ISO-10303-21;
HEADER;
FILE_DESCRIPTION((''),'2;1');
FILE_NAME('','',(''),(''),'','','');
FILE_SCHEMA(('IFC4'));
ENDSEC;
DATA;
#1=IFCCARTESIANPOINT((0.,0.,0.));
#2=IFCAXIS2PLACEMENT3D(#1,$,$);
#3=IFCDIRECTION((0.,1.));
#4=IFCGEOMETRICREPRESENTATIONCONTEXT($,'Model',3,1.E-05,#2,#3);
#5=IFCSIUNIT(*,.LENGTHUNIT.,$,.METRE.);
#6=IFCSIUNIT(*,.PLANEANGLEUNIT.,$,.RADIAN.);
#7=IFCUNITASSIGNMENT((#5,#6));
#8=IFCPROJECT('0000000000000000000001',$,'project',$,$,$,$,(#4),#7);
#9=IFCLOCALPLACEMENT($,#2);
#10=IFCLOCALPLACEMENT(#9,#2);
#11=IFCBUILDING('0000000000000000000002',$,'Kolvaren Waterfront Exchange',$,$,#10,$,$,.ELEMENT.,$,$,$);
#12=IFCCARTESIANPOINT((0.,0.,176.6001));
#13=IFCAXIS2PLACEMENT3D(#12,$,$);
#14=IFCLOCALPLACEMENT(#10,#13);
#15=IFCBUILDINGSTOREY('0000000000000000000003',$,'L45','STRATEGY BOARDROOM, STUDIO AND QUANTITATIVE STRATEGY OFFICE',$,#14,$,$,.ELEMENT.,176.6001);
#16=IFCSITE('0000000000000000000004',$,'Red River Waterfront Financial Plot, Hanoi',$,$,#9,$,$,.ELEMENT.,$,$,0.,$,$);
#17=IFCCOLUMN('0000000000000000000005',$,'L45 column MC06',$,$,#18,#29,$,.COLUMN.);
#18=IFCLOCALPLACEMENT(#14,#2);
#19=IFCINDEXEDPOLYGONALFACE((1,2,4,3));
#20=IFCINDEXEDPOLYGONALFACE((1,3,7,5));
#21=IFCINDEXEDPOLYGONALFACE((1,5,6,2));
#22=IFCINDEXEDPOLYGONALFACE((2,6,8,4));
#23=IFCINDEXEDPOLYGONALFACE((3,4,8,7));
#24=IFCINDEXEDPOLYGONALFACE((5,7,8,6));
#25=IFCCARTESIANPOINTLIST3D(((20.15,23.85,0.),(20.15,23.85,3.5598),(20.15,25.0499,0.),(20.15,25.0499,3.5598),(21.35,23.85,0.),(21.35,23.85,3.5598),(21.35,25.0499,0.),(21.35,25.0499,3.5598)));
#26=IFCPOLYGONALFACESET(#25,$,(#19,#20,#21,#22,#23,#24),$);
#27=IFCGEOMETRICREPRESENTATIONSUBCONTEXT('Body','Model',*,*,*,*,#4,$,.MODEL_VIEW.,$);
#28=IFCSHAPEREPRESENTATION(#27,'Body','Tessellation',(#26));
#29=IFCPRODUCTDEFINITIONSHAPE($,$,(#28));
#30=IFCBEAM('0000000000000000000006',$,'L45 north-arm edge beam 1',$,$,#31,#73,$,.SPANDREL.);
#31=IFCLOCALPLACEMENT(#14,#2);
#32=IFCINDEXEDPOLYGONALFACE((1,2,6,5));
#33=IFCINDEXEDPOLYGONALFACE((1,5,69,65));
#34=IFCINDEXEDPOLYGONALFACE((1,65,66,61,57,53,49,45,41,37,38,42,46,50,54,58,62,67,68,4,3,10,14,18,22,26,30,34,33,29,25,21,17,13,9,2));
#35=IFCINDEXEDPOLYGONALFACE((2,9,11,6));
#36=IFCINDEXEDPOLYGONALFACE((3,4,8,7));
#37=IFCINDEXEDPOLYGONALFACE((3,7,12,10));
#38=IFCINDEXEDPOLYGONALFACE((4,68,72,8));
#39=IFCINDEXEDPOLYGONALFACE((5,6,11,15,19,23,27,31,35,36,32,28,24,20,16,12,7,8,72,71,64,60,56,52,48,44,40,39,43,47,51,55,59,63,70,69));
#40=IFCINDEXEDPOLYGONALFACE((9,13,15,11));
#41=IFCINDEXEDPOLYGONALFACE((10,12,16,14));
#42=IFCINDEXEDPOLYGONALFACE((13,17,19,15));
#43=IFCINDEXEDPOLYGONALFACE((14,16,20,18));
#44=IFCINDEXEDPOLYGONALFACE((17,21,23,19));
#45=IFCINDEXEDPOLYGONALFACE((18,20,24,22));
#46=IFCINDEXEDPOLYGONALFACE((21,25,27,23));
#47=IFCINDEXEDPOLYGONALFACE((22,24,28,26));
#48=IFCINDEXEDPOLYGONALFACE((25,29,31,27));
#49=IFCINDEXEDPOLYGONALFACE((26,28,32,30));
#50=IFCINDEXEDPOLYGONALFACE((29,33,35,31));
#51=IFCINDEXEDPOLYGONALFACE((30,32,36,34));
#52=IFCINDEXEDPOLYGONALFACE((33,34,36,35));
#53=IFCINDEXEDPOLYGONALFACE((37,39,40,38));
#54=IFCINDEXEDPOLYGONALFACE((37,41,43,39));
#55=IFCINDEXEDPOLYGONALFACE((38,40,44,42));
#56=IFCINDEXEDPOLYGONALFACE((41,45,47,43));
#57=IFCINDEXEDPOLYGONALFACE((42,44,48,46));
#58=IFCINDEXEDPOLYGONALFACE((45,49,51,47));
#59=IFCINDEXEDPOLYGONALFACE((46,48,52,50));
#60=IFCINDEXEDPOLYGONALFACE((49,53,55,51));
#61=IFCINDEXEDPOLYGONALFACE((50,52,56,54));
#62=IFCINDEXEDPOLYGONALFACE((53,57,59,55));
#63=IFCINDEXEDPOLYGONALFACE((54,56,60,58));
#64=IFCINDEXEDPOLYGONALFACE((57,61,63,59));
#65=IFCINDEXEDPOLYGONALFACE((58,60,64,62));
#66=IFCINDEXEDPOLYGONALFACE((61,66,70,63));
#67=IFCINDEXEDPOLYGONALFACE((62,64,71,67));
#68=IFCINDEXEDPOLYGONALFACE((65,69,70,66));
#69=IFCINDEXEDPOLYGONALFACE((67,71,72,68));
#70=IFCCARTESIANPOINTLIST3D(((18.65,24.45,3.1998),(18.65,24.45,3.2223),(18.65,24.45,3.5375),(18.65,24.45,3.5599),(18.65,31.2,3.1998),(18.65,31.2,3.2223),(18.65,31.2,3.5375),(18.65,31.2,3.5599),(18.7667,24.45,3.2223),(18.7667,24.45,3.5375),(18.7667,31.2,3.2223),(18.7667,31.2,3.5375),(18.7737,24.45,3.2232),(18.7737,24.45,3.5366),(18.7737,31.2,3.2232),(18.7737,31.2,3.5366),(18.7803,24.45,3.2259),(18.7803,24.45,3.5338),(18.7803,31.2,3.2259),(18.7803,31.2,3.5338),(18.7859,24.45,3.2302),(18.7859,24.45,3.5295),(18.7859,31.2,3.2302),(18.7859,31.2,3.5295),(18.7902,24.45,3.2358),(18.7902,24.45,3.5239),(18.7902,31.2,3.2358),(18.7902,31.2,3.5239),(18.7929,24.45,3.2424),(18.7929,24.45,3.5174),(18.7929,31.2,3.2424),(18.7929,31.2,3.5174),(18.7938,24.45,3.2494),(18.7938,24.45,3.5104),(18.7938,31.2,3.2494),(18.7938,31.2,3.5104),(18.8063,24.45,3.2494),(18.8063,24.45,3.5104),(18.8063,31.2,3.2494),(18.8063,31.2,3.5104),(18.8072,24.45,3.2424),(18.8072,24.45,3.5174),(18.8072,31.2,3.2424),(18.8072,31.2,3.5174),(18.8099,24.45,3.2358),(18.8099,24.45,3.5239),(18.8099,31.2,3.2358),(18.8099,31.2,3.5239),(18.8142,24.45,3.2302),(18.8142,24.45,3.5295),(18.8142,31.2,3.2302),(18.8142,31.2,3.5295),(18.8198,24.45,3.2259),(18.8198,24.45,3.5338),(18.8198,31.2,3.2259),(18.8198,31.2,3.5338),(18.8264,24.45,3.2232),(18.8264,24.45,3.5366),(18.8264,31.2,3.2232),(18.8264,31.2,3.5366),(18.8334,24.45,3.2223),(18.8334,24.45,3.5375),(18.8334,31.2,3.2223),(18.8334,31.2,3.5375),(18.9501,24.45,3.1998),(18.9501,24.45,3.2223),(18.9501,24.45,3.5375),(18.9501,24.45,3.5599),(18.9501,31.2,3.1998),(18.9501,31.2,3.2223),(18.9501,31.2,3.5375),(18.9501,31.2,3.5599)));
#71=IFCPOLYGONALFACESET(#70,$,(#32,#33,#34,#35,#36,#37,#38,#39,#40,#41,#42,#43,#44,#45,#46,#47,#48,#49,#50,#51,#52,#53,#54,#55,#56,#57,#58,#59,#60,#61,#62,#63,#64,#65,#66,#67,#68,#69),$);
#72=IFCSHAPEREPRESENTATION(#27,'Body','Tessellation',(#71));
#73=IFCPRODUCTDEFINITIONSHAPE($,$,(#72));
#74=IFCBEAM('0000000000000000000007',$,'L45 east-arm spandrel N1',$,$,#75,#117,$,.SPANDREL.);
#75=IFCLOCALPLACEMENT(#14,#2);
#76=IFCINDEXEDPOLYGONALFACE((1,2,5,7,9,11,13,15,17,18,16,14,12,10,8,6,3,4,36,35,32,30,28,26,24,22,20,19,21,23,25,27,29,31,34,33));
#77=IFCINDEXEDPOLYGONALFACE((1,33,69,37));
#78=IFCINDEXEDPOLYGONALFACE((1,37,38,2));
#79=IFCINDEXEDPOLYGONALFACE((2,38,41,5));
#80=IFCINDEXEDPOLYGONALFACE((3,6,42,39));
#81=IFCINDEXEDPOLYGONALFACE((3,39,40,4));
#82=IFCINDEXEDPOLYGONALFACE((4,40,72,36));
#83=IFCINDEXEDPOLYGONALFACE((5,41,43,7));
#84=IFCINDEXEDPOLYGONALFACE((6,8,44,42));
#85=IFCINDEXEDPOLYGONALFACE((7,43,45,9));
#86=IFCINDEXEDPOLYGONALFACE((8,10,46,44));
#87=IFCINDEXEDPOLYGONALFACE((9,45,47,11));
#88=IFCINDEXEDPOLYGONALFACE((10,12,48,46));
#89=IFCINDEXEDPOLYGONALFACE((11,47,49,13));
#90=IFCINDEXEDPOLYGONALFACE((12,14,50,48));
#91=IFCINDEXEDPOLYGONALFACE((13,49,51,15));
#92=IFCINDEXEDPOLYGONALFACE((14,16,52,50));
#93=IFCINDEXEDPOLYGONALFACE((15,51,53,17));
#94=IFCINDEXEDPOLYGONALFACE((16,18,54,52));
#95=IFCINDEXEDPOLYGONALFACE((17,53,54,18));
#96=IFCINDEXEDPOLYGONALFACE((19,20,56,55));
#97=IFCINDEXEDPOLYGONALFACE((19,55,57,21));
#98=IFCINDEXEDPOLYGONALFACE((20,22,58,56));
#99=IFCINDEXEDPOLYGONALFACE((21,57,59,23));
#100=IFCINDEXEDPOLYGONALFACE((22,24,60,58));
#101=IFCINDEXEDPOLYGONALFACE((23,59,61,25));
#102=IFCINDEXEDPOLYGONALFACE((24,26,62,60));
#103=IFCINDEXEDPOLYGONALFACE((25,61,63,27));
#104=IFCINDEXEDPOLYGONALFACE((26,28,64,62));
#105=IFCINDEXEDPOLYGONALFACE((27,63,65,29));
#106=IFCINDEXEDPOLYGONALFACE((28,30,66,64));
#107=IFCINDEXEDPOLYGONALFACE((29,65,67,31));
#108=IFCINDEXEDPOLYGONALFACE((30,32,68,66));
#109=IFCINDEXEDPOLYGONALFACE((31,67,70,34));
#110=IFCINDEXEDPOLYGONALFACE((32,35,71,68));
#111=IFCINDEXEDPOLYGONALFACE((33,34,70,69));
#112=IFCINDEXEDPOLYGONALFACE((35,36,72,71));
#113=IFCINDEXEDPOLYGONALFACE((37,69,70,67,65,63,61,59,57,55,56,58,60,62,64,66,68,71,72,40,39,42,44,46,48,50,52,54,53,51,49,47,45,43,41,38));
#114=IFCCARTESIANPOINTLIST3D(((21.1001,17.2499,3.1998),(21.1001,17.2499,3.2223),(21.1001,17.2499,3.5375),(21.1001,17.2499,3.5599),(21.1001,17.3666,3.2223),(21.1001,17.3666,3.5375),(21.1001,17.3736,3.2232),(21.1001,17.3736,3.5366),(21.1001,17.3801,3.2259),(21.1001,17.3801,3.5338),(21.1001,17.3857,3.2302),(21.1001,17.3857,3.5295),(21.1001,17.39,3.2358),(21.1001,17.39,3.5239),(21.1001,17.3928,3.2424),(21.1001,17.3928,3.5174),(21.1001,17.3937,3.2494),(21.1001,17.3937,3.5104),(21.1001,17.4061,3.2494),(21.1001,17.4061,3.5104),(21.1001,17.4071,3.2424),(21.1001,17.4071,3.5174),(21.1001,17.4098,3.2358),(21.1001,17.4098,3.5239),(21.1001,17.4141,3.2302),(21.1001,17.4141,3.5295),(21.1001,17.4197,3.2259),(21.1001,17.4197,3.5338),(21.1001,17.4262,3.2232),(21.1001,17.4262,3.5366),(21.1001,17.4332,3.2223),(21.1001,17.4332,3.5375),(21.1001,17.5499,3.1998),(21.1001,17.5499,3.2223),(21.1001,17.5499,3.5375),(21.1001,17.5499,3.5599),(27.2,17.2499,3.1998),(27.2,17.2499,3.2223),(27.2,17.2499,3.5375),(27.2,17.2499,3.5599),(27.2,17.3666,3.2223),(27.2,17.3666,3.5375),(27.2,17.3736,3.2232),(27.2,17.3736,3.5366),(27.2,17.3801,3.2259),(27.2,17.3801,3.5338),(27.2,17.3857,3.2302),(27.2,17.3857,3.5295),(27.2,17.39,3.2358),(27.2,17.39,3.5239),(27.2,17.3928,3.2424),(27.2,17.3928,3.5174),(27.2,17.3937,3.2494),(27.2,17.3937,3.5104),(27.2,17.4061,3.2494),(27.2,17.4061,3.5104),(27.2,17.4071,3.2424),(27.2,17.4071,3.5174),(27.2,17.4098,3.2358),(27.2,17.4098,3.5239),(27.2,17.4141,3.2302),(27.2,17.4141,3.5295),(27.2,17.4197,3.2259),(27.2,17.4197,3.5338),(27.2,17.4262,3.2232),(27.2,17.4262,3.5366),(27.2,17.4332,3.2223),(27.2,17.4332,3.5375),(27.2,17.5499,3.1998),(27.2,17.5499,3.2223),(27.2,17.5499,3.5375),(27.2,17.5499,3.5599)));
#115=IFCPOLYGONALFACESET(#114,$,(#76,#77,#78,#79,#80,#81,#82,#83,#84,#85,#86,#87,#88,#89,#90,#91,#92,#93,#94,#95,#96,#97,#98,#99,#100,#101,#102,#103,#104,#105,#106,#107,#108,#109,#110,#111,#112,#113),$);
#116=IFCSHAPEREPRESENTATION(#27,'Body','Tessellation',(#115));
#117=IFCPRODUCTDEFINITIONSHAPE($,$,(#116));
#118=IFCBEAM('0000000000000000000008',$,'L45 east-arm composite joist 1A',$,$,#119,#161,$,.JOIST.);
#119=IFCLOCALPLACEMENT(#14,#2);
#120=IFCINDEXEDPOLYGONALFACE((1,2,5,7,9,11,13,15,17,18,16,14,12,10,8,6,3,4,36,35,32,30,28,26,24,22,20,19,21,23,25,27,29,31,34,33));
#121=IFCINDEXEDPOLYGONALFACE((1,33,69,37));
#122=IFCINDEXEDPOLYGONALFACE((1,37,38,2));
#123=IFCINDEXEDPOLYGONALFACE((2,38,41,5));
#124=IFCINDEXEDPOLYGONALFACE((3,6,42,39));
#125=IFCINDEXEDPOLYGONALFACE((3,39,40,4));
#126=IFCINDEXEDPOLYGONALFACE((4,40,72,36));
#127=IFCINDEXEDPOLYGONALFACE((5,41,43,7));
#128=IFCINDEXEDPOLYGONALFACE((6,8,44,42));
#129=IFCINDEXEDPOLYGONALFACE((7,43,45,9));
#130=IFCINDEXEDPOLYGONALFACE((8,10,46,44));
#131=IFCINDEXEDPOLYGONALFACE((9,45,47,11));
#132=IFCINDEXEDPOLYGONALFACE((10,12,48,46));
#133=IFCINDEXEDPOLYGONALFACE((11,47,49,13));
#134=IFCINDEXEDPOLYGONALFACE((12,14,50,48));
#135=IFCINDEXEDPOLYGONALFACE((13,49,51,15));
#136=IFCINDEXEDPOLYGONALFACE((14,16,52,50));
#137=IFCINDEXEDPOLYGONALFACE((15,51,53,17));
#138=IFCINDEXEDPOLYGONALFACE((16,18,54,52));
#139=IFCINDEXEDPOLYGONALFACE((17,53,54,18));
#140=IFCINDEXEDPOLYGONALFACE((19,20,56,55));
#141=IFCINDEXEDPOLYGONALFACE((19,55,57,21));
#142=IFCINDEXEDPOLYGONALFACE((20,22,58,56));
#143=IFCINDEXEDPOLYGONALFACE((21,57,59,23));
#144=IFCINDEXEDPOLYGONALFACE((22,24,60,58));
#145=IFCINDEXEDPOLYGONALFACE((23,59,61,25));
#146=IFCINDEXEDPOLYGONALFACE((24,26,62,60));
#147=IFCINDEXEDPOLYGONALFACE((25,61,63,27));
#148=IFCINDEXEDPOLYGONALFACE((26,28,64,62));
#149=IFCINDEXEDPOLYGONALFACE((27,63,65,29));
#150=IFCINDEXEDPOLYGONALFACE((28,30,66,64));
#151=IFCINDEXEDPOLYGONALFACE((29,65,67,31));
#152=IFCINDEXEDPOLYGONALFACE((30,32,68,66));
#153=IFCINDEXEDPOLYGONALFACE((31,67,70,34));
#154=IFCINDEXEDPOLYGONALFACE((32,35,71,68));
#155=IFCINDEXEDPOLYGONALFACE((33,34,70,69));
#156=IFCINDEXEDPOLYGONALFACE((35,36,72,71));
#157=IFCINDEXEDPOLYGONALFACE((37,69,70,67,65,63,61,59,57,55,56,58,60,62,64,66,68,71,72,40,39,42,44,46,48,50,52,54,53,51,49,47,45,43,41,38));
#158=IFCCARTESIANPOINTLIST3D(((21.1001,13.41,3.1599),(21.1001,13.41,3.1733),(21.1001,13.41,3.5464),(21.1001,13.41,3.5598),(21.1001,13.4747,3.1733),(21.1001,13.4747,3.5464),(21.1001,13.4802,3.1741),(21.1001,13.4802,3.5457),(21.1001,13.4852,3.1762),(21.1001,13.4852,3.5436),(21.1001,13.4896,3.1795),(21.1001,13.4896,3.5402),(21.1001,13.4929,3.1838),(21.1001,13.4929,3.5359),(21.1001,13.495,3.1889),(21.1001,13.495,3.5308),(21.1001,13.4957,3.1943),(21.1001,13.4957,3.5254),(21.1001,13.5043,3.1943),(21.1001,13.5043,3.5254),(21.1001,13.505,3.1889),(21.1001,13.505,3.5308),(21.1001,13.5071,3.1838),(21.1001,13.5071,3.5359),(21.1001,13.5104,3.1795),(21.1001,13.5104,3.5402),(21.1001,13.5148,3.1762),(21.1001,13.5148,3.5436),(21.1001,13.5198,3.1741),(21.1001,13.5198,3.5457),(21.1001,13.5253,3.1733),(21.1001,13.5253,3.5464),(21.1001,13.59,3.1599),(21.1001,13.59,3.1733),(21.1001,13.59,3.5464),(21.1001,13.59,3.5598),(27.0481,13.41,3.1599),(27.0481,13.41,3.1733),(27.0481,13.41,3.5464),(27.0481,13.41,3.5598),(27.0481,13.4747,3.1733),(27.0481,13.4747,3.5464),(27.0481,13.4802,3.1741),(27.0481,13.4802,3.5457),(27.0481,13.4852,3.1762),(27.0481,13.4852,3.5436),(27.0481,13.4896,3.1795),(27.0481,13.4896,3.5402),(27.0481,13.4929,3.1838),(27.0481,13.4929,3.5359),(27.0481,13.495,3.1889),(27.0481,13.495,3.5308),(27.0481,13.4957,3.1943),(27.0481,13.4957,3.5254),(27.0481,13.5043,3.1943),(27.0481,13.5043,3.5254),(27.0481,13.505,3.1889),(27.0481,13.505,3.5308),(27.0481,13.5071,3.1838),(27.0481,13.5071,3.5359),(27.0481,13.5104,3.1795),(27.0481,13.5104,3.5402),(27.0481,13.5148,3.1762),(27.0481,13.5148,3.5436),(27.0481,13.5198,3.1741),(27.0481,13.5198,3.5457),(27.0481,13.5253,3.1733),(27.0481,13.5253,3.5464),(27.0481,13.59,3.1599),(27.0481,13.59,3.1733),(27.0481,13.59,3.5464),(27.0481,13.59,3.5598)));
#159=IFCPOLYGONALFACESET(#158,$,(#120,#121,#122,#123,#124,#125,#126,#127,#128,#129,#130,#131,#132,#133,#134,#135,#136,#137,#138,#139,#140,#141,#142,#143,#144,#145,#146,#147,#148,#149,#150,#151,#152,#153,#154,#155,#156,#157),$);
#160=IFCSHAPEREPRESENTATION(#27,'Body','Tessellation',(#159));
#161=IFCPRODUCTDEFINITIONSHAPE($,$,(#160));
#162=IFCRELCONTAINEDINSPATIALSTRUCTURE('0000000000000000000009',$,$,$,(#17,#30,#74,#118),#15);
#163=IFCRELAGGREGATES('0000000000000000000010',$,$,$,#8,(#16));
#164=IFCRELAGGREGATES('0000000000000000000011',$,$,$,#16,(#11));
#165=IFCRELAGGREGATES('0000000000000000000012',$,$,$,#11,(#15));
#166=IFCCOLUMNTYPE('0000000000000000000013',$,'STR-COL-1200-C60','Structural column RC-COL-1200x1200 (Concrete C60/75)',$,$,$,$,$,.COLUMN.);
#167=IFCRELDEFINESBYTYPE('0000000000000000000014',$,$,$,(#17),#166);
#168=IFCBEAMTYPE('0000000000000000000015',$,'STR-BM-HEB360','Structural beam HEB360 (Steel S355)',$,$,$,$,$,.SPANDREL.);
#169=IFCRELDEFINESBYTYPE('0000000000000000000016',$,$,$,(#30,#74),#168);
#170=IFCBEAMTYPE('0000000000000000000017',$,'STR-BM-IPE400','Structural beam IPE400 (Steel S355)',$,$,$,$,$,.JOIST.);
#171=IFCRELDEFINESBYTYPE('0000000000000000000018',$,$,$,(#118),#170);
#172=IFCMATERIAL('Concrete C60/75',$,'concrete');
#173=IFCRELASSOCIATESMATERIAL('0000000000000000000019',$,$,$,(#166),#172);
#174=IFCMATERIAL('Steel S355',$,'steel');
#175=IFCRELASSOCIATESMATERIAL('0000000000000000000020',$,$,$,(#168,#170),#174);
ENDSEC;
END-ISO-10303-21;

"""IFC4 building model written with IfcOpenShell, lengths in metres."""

from ifc_helpers import new_model, si_unit, direction, frame, origin, origin_2d, place, context, subcontext, project, spatial, rectangle, i_section, extrude, material, material_profile, profile_set, type_object, element, save


model = new_model("IFC4")

# Units and contexts
model_context = context("Model", 3, precision=1e-05, world=origin(), true_north=direction((0.0, 1.0)))
body_context = subcontext(model_context, "Body", "Model", "MODEL_VIEW")
ifc_project = project(units=[si_unit("LENGTHUNIT", "METRE"), si_unit("PLANEANGLEUNIT", "RADIAN")], contexts=[model_context])

# Site, building, storey
site_placement = place(None, origin())
site = spatial("IfcSite", under=ifc_project, at=site_placement, Name="Red River Waterfront Financial Plot, Hanoi", CompositionType="ELEMENT", RefElevation=0.0)
building_placement = place(site_placement, origin())
building = spatial("IfcBuilding", under=site, at=building_placement, Name="Kolvaren Waterfront Exchange", CompositionType="ELEMENT")
storey_placement = place(building_placement, frame((0.0, 0.0, 176.6001)))
storey = spatial("IfcBuildingStorey", under=building, at=storey_placement, Name="L45", Description="STRATEGY BOARDROOM, STUDIO AND QUANTITATIVE STRATEGY OFFICE", CompositionType="ELEMENT", Elevation=176.6001)

# Column
ifc_material_1 = material(Name="Concrete C60/75", Category="concrete")
ifc_material_profile_1 = material_profile(ifc_material_1, rectangle(XDim=1.2, YDim=1.2, at=origin_2d()), Name="RC-COL-1200x1200")
ifc_profile_set_1 = profile_set([ifc_material_profile_1], Name="Concrete C60/75")
column_type = type_object("IfcColumnType", Name="STR-COL-1200-C60", Description="Structural column RC-COL-1200x1200 (Concrete C60/75)", PredefinedType="COLUMN", material=ifc_profile_set_1)
column_placement = place(storey_placement, frame((20.75, 24.45, 0.0), z_axis=(0.0, 0.0, 1.0), x_axis=(1.0, 0.0, 0.0)))
element("IfcColumn", 1, at=column_placement, inside=storey, type_object=column_type, Name="L45 column MC06", PredefinedType="COLUMN", context=body_context, shape_type="SweptSolid", body=[
    extrude(rectangle(XDim=1.2, YDim=1.2, at=origin_2d()), origin(), (0.0, 0.0, 1.0), 3.5598),
])

# Beams
ifc_material_2 = material(Name="Steel S355", Category="steel")
ifc_material_profile_2 = material_profile(ifc_material_2, i_section(OverallWidth=0.3, OverallDepth=0.3601, WebThickness=0.0125, FlangeThickness=0.0225, FilletRadius=0.0271, at=origin_2d()), Name="HEB360")
ifc_profile_set_2 = profile_set([ifc_material_profile_2], Name="Steel S355")
beam_type_1 = type_object("IfcBeamType", Name="STR-BM-HEB360", Description="Structural beam HEB360 (Steel S355)", PredefinedType="SPANDREL", material=ifc_profile_set_2)
beam_1_placement = place(storey_placement, frame((18.8, 24.45, 3.3799), z_axis=(0.0, 1.0, 0.0), x_axis=(-1.0, 0.0, 0.0)))
element("IfcBeam", 2, at=beam_1_placement, inside=storey, type_object=beam_type_1, Name="L45 north-arm edge beam 1", PredefinedType="SPANDREL", context=body_context, shape_type="SweptSolid", body=[
    extrude(i_section(OverallWidth=0.3, OverallDepth=0.3601, WebThickness=0.0125, FlangeThickness=0.0225, FilletRadius=0.0271, at=origin_2d()), origin(), (0.0, 0.0, 1.0), 6.75),
])
beam_2_placement = place(storey_placement, frame((21.1001, 17.3999, 3.3799), z_axis=(1.0, 0.0, 0.0), x_axis=(0.0, 1.0, 0.0)))
element("IfcBeam", 3, at=beam_2_placement, inside=storey, type_object=beam_type_1, Name="L45 east-arm spandrel N1", PredefinedType="SPANDREL", context=body_context, shape_type="SweptSolid", body=[
    extrude(i_section(OverallWidth=0.3, OverallDepth=0.3601, WebThickness=0.0125, FlangeThickness=0.0225, FilletRadius=0.0271, at=origin_2d()), origin(), (0.0, 0.0, 1.0), 6.0999),
])
ifc_material_profile_3 = material_profile(ifc_material_2, i_section(OverallWidth=0.1799, OverallDepth=0.3999, WebThickness=0.0085, FlangeThickness=0.0134, FilletRadius=0.021, at=origin_2d()), Name="IPE400")
ifc_profile_set_3 = profile_set([ifc_material_profile_3], Name="Steel S355")
beam_type_2 = type_object("IfcBeamType", Name="STR-BM-IPE400", Description="Structural beam IPE400 (Steel S355)", PredefinedType="JOIST", material=ifc_profile_set_3)
for number, where, z_axis, x_axis, name in (
    (4, (21.1001, 13.5, 3.3599), (1.0, 0.0, 0.0), (0.0, 1.0, 0.0), "L45 east-arm composite joist 1A"),
):
    element("IfcBeam", number, at=place(storey_placement, frame(where, z_axis=z_axis, x_axis=x_axis)), inside=storey, type_object=beam_type_2, Name=name, PredefinedType="JOIST", context=body_context, shape_type="SweptSolid", body=[
        extrude(i_section(OverallWidth=0.1799, OverallDepth=0.3999, WebThickness=0.0085, FlangeThickness=0.0134, FilletRadius=0.021, at=origin_2d()), origin(), (0.0, 0.0, 1.0), 5.948),
    ])

save(model, "model.ifc")
